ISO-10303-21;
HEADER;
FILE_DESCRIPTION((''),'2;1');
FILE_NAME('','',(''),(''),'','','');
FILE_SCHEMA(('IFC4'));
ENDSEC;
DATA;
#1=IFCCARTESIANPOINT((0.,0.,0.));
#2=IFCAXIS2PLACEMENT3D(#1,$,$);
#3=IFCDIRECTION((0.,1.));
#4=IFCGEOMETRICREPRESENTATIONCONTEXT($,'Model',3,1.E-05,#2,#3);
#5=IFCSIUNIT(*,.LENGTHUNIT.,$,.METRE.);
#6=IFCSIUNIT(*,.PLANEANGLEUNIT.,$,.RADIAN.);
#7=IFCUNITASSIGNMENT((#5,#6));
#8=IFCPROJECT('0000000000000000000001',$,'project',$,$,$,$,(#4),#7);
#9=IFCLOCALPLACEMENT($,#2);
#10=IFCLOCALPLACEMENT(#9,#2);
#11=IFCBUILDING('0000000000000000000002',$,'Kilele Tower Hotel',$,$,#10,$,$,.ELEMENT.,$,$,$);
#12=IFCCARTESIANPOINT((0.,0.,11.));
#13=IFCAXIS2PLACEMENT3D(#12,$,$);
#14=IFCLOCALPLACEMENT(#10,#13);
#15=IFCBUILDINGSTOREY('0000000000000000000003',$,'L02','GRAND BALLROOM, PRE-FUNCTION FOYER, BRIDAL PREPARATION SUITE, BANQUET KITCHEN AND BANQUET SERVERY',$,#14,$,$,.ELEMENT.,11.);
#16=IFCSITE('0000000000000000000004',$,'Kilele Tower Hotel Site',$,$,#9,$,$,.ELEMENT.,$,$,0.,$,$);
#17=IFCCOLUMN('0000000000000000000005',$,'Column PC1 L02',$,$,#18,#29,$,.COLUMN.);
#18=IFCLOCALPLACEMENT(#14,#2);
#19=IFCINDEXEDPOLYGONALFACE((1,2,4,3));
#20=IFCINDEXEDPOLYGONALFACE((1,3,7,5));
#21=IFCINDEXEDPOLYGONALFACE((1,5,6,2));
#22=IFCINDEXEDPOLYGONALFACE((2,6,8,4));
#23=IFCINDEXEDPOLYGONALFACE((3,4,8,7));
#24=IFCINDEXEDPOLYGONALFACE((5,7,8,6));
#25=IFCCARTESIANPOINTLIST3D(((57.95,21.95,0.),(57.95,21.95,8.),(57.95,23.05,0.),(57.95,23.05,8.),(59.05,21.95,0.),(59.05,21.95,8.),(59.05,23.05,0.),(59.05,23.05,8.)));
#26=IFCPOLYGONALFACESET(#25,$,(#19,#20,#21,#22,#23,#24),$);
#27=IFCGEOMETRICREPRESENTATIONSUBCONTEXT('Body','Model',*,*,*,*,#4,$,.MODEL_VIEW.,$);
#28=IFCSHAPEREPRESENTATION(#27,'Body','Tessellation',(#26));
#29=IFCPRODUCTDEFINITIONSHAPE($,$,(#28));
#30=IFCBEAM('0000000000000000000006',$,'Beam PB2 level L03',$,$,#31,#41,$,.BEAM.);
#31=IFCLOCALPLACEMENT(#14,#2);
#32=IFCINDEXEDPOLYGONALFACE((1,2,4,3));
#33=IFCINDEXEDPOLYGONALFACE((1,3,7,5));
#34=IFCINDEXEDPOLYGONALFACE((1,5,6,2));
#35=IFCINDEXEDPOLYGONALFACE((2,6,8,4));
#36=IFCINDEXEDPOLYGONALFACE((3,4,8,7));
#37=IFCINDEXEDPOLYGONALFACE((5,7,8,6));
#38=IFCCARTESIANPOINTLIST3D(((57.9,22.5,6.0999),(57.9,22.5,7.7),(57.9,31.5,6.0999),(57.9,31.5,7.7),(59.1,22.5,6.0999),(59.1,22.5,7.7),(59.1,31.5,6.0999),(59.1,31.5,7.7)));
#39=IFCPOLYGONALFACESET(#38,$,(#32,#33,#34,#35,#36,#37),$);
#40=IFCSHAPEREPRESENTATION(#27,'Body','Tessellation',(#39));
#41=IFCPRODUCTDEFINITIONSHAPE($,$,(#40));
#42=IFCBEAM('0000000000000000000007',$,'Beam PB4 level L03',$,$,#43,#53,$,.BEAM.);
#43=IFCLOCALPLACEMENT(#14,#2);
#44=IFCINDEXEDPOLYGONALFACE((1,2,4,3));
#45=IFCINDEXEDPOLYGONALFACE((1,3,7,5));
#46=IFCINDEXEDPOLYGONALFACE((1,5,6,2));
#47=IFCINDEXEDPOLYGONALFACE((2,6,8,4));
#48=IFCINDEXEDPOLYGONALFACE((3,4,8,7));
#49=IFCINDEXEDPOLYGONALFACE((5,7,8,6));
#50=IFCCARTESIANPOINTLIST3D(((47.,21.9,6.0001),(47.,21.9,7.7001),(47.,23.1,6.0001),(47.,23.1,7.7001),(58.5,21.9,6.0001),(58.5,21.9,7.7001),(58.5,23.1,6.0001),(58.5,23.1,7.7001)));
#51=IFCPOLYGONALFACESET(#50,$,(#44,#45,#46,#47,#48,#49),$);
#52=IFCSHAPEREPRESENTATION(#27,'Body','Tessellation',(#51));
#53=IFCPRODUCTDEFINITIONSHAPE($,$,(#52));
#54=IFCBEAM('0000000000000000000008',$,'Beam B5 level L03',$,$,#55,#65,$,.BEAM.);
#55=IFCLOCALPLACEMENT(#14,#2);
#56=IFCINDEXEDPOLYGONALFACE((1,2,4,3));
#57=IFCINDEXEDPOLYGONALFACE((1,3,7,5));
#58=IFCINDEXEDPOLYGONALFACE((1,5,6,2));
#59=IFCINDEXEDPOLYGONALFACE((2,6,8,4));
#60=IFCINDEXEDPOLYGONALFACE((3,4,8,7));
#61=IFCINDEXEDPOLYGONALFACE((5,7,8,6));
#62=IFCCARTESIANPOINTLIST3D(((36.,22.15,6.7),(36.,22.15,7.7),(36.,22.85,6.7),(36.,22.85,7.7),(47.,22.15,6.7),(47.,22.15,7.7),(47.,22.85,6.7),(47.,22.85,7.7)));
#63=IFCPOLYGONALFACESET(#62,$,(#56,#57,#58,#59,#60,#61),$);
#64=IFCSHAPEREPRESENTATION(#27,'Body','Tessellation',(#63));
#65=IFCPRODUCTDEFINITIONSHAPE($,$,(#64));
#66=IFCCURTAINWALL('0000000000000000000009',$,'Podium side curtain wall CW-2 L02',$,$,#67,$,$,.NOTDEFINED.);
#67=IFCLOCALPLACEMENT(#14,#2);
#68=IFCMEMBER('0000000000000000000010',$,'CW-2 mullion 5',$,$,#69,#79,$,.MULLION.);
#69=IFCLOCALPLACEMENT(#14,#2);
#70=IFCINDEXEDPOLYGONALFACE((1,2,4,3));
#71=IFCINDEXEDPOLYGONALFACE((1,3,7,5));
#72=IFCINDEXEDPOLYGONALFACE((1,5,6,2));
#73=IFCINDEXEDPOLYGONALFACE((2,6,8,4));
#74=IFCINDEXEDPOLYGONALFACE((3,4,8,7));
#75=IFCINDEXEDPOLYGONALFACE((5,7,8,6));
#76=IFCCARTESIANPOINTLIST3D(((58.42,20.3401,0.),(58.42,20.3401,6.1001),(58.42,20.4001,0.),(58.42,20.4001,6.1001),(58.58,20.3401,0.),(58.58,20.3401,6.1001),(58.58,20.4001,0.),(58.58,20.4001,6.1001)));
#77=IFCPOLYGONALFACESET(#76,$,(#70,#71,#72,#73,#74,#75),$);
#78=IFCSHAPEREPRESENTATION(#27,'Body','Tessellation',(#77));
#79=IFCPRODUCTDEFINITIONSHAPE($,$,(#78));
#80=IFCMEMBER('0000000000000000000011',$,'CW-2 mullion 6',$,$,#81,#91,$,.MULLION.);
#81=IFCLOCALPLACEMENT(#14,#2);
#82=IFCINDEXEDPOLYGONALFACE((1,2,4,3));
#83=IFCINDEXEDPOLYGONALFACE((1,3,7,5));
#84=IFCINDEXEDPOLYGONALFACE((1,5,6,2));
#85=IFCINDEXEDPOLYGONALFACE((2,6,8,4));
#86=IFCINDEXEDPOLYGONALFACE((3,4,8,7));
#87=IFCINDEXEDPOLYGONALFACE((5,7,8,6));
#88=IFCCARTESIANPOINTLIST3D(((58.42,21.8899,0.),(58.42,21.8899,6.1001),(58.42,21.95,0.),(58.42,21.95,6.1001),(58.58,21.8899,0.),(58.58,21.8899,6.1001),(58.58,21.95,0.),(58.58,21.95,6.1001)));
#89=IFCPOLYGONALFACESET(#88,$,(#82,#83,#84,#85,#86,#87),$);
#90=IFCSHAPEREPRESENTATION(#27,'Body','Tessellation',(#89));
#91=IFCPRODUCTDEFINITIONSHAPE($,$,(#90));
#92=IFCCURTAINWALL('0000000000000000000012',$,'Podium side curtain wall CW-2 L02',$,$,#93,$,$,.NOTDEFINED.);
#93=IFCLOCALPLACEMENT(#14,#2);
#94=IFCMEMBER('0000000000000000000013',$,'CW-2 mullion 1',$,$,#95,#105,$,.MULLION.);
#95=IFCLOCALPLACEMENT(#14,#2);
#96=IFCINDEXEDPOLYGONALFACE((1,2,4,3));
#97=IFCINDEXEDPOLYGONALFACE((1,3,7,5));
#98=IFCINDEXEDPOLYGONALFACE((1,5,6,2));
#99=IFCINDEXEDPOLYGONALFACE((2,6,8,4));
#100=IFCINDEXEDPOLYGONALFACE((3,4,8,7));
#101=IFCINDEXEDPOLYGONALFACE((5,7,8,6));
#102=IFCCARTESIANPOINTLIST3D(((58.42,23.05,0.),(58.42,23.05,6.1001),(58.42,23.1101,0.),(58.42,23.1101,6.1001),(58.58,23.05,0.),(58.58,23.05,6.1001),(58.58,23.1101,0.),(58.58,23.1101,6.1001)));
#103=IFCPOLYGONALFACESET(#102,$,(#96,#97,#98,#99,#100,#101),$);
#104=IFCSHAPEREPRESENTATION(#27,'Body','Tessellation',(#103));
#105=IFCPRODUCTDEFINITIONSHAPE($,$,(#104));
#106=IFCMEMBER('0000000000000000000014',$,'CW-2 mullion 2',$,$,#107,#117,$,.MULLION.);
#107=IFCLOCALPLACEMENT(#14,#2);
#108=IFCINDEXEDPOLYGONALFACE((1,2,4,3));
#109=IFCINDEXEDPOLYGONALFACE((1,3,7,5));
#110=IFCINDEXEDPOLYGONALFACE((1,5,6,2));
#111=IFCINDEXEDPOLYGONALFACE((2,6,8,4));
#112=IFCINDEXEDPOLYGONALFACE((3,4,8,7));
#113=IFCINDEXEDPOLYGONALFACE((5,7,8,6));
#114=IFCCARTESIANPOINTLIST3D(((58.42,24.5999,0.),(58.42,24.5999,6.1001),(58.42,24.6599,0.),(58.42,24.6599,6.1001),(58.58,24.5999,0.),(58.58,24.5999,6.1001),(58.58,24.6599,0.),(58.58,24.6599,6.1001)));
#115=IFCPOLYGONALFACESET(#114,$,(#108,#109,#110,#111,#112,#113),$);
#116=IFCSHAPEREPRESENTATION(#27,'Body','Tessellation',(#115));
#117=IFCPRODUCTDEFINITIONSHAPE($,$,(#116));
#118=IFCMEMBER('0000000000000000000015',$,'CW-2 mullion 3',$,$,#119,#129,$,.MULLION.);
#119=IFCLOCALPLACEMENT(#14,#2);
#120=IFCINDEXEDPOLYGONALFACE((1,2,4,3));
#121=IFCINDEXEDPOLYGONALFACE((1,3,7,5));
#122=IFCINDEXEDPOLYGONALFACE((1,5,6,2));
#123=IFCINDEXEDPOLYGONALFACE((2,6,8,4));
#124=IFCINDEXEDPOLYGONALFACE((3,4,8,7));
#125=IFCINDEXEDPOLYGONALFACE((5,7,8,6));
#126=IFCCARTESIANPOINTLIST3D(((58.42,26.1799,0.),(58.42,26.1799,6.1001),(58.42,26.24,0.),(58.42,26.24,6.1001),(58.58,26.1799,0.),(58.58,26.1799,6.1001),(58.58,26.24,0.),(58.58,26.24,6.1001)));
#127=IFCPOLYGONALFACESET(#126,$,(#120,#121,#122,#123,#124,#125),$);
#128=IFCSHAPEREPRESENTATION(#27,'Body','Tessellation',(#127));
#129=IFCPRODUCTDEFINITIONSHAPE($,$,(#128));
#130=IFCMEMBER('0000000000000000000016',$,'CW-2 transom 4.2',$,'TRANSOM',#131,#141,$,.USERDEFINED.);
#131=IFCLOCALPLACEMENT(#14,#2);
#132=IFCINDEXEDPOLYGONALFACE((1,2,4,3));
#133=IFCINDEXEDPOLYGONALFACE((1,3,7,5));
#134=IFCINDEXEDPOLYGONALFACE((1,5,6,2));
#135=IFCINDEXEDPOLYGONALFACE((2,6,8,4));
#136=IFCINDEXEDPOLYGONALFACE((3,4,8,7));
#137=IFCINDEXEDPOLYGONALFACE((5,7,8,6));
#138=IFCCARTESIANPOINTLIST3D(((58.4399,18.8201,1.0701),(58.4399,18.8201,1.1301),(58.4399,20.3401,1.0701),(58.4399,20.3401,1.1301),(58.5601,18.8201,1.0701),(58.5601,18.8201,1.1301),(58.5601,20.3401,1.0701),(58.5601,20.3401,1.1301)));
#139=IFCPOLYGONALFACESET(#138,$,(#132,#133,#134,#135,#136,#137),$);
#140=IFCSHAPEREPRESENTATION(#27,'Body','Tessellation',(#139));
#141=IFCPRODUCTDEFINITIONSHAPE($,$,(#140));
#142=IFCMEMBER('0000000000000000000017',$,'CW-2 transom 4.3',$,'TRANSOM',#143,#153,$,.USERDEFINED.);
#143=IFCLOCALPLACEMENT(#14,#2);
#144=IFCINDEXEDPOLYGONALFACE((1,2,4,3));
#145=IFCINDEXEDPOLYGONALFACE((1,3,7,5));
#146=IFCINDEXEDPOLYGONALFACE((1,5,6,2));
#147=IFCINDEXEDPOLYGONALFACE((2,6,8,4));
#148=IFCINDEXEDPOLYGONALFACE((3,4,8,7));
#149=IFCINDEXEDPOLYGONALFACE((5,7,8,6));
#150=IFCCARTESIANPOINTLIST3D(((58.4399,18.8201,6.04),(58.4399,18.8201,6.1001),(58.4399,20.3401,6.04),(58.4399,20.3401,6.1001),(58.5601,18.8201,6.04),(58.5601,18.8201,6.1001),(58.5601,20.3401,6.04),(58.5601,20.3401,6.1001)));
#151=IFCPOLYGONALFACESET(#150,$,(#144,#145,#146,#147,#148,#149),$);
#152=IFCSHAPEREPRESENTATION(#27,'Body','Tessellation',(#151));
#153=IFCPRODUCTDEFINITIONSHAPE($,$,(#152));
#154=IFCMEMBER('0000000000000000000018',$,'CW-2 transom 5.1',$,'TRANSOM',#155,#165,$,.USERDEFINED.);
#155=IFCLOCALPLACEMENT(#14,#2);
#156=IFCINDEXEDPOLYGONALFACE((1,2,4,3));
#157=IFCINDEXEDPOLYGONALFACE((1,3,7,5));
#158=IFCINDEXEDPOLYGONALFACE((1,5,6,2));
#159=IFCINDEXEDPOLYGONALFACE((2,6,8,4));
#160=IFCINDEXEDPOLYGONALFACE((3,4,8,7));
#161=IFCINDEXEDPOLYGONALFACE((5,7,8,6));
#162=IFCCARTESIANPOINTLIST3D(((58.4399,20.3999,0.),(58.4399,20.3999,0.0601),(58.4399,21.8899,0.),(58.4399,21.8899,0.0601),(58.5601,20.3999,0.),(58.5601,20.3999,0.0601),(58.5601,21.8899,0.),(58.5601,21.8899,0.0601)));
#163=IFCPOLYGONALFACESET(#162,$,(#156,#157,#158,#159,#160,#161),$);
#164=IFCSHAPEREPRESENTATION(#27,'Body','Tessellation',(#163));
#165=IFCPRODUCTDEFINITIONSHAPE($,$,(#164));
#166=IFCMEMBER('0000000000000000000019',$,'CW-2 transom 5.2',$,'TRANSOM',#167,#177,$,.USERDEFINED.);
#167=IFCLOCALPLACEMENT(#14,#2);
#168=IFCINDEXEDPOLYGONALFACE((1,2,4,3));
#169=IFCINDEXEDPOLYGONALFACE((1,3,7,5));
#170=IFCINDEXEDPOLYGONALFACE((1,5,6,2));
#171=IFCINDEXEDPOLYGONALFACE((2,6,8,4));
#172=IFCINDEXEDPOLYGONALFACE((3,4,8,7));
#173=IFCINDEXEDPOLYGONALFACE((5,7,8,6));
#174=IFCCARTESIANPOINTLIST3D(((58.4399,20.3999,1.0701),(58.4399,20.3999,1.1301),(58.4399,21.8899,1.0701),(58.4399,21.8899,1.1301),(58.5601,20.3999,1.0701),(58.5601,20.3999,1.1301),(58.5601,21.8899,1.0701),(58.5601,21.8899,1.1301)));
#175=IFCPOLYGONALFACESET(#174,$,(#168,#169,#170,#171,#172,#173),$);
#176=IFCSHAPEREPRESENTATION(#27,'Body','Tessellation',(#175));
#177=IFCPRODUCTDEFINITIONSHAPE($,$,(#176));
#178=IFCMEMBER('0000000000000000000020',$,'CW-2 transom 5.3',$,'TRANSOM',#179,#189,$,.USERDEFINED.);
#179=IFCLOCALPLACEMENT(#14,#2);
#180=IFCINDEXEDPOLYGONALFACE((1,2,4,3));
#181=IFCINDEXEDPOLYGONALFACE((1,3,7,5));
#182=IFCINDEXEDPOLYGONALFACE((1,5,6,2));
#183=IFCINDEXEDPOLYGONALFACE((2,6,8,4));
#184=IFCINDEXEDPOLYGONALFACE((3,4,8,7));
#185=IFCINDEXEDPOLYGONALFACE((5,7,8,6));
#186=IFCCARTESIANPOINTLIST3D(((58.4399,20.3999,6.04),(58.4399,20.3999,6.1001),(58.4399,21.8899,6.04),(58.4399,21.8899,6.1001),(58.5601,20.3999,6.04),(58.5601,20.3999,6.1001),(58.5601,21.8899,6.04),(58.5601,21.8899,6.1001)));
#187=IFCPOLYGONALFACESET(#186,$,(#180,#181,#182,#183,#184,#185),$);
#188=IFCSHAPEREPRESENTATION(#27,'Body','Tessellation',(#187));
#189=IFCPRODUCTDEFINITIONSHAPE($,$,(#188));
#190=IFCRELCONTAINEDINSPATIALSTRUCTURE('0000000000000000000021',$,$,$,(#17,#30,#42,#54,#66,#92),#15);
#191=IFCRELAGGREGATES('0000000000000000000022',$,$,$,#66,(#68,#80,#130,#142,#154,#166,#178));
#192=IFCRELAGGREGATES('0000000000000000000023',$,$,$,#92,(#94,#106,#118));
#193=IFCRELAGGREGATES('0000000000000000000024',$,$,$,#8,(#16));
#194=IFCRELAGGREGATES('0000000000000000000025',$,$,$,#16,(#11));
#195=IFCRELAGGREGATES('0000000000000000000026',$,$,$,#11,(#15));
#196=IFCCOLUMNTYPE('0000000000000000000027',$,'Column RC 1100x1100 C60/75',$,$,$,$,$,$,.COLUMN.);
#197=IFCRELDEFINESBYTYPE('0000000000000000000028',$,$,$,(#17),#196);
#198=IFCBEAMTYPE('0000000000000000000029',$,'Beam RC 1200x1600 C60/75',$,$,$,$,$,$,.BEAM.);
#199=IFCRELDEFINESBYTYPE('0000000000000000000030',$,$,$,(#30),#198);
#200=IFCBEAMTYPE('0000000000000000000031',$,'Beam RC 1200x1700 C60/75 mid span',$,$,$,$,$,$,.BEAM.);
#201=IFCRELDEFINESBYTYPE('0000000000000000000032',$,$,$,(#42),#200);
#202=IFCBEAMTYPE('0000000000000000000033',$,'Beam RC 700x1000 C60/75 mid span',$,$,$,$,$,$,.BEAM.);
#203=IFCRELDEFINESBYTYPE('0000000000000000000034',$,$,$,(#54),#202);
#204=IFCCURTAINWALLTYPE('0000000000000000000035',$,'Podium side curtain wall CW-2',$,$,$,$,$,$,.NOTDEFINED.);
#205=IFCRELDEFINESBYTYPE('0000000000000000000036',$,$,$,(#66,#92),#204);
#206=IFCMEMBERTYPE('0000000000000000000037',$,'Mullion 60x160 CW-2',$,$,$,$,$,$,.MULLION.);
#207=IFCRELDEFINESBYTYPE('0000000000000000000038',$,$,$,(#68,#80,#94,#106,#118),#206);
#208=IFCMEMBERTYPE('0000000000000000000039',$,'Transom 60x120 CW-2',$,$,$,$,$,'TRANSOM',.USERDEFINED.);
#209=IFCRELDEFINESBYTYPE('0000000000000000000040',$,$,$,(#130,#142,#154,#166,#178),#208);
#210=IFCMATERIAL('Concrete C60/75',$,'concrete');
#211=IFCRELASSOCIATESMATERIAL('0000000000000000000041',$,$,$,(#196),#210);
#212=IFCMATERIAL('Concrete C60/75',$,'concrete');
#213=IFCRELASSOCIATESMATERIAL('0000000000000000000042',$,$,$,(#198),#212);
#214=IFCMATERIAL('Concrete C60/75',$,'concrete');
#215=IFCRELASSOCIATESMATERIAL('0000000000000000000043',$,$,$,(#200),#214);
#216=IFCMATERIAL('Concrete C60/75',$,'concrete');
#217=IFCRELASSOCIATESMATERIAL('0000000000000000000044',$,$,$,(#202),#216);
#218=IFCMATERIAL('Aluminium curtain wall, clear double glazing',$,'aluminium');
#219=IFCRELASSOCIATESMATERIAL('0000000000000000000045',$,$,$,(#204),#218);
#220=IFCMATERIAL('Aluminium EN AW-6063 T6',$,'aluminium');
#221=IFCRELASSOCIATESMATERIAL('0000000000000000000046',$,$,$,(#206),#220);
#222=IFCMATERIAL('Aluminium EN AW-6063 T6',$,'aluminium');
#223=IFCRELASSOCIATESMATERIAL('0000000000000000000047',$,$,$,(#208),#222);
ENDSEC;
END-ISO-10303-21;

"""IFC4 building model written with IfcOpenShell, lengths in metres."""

from ifc_helpers import new_model, si_unit, direction, frame, origin, origin_2d, place, context, subcontext, project, spatial, rectangle, extrude, material, material_profile, profile_set, type_object, element, aggregate, save


model = new_model("IFC4")

# Units and contexts
model_context = context("Model", 3, precision=1e-05, world=origin(), true_north=direction((0.0, 1.0)))
body_context = subcontext(model_context, "Body", "Model", "MODEL_VIEW")
ifc_project = project(units=[si_unit("LENGTHUNIT", "METRE"), si_unit("PLANEANGLEUNIT", "RADIAN")], contexts=[model_context])

# Site, building, storey
site_placement = place(None, origin())
site = spatial("IfcSite", under=ifc_project, at=site_placement, Name="Kilele Tower Hotel Site", CompositionType="ELEMENT", RefElevation=0.0)
building_placement = place(site_placement, origin())
building = spatial("IfcBuilding", under=site, at=building_placement, Name="Kilele Tower Hotel", CompositionType="ELEMENT")
storey_placement = place(building_placement, frame((0.0, 0.0, 11.0)))
storey = spatial("IfcBuildingStorey", under=building, at=storey_placement, Name="L02", Description="GRAND BALLROOM, PRE-FUNCTION FOYER, BRIDAL PREPARATION SUITE, BANQUET KITCHEN AND BANQUET SERVERY", CompositionType="ELEMENT", Elevation=11.0)

# Column
ifc_material_1 = material(Name="Concrete C60/75", Category="concrete")
ifc_material_profile_1 = material_profile(ifc_material_1, rectangle(XDim=1.1001, YDim=1.1001, at=origin_2d()))
ifc_profile_set_1 = profile_set([ifc_material_profile_1], Name="Concrete C60/75")
column_type = type_object("IfcColumnType", Name="Column RC 1100x1100 C60/75", PredefinedType="COLUMN", material=ifc_profile_set_1)
column_placement = place(storey_placement, frame((58.5, 22.5, 0.0), z_axis=(0.0, 0.0, 1.0), x_axis=(1.0, 0.0, 0.0)))
element("IfcColumn", 1, at=column_placement, inside=storey, type_object=column_type, Name="Column PC1 L02", PredefinedType="COLUMN", context=body_context, shape_type="SweptSolid", body=[
    extrude(rectangle(XDim=1.1001, YDim=1.1001, at=origin_2d()), origin(), (0.0, 0.0, 1.0), 8.0),
])

# Beams
ifc_material_2 = material(Name="Concrete C60/75", Category="concrete")
ifc_material_profile_2 = material_profile(ifc_material_2, rectangle(XDim=1.2, YDim=1.6001, at=origin_2d()))
ifc_profile_set_2 = profile_set([ifc_material_profile_2], Name="Concrete C60/75")
beam_type_1 = type_object("IfcBeamType", Name="Beam RC 1200x1600 C60/75", PredefinedType="BEAM", material=ifc_profile_set_2)
beam_1_placement = place(storey_placement, frame((58.5, 22.5, 6.8999), z_axis=(0.0, 1.0, 0.0), x_axis=(-1.0, 0.0, 0.0)))
element("IfcBeam", 2, at=beam_1_placement, inside=storey, type_object=beam_type_1, Name="Beam PB2 level L03", PredefinedType="BEAM", context=body_context, shape_type="SweptSolid", body=[
    extrude(rectangle(XDim=1.2, YDim=1.6001, at=origin_2d()), origin(), (0.0, 0.0, 1.0), 9.0),
])
ifc_material_3 = material(Name="Concrete C60/75", Category="concrete")
ifc_material_profile_3 = material_profile(ifc_material_3, rectangle(XDim=1.2, YDim=1.7, at=origin_2d()))
ifc_profile_set_3 = profile_set([ifc_material_profile_3], Name="Concrete C60/75")
beam_type_2 = type_object("IfcBeamType", Name="Beam RC 1200x1700 C60/75 mid span", PredefinedType="BEAM", material=ifc_profile_set_3)
beam_2_placement = place(storey_placement, frame((47.0, 22.5, 6.8501), z_axis=(1.0, 0.0, 0.0), x_axis=(0.0, 1.0, 0.0)))
element("IfcBeam", 3, at=beam_2_placement, inside=storey, type_object=beam_type_2, Name="Beam PB4 level L03", PredefinedType="BEAM", context=body_context, shape_type="SweptSolid", body=[
    extrude(rectangle(XDim=1.2, YDim=1.7, at=origin_2d()), origin(), (0.0, 0.0, 1.0), 11.5),
])
ifc_material_4 = material(Name="Concrete C60/75", Category="concrete")
ifc_material_profile_4 = material_profile(ifc_material_4, rectangle(XDim=0.7, YDim=1.0, at=origin_2d()))
ifc_profile_set_4 = profile_set([ifc_material_profile_4], Name="Concrete C60/75")
beam_type_3 = type_object("IfcBeamType", Name="Beam RC 700x1000 C60/75 mid span", PredefinedType="BEAM", material=ifc_profile_set_4)
beam_3_placement = place(storey_placement, frame((47.0, 22.5, 7.2), z_axis=(-1.0, 0.0, 0.0), x_axis=(0.0, -1.0, 0.0)))
element("IfcBeam", 4, at=beam_3_placement, inside=storey, type_object=beam_type_3, Name="Beam B5 level L03", PredefinedType="BEAM", context=body_context, shape_type="SweptSolid", body=[
    extrude(rectangle(XDim=0.7, YDim=1.0, at=origin_2d()), origin(), (0.0, 0.0, 1.0), 11.0),
])

# Curtain walls, members
ifc_material_5 = material(Name="Aluminium curtain wall, clear double glazing", Category="aluminium")
curtain_wall_type = type_object("IfcCurtainWallType", Name="Podium side curtain wall CW-2", PredefinedType="NOTDEFINED", material=ifc_material_5)
curtain_wall_1_placement = place(storey_placement, origin())
curtain_wall_1 = element("IfcCurtainWall", 5, at=curtain_wall_1_placement, inside=storey, type_object=curtain_wall_type, Name="Podium side curtain wall CW-2 L02", PredefinedType="NOTDEFINED")
ifc_material_6 = material(Name="Aluminium EN AW-6063 T6", Category="aluminium")
ifc_material_profile_5 = material_profile(ifc_material_6, rectangle(XDim=0.1599, YDim=0.0601, at=origin_2d()))
ifc_profile_set_5 = profile_set([ifc_material_profile_5], Name="Aluminium EN AW-6063 T6")
member_type_1 = type_object("IfcMemberType", Name="Mullion 60x160 CW-2", PredefinedType="MULLION", material=ifc_profile_set_5)
member_1_placement = place(storey_placement, frame((58.5, 20.3701, 0.0), z_axis=(0.0, 0.0, 1.0), x_axis=(-1.0, 0.0, 0.0)))
member_1 = element("IfcMember", 6, at=member_1_placement, type_object=member_type_1, Name="CW-2 mullion 5", PredefinedType="MULLION", context=body_context, shape_type="SweptSolid", body=[
    extrude(rectangle(XDim=0.1599, YDim=0.0601, at=origin_2d()), origin(), (0.0, 0.0, 1.0), 6.1001),
])
member_2_placement = place(storey_placement, frame((58.5, 21.9199, 0.0), z_axis=(0.0, 0.0, 1.0), x_axis=(-1.0, 0.0, 0.0)))
member_2 = element("IfcMember", 7, at=member_2_placement, type_object=member_type_1, Name="CW-2 mullion 6", PredefinedType="MULLION", context=body_context, shape_type="SweptSolid", body=[
    extrude(rectangle(XDim=0.1599, YDim=0.0601, at=origin_2d()), origin(), (0.0, 0.0, 1.0), 6.1001),
])
curtain_wall_2_placement = place(storey_placement, origin())
curtain_wall_2 = element("IfcCurtainWall", 8, at=curtain_wall_2_placement, inside=storey, type_object=curtain_wall_type, Name="Podium side curtain wall CW-2 L02", PredefinedType="NOTDEFINED")
member_3_placement = place(storey_placement, frame((58.5, 23.0801, 0.0), z_axis=(0.0, 0.0, 1.0), x_axis=(-1.0, 0.0, 0.0)))
member_3 = element("IfcMember", 9, at=member_3_placement, type_object=member_type_1, Name="CW-2 mullion 1", PredefinedType="MULLION", context=body_context, shape_type="SweptSolid", body=[
    extrude(rectangle(XDim=0.1599, YDim=0.0601, at=origin_2d()), origin(), (0.0, 0.0, 1.0), 6.1001),
])
member_4_placement = place(storey_placement, frame((58.5, 24.6299, 0.0), z_axis=(0.0, 0.0, 1.0), x_axis=(-1.0, 0.0, 0.0)))
member_4 = element("IfcMember", 10, at=member_4_placement, type_object=member_type_1, Name="CW-2 mullion 2", PredefinedType="MULLION", context=body_context, shape_type="SweptSolid", body=[
    extrude(rectangle(XDim=0.1599, YDim=0.0601, at=origin_2d()), origin(), (0.0, 0.0, 1.0), 6.1001),
])
member_5_placement = place(storey_placement, frame((58.5, 26.21, 0.0), z_axis=(0.0, 0.0, 1.0), x_axis=(-1.0, 0.0, 0.0)))
member_5 = element("IfcMember", 11, at=member_5_placement, type_object=member_type_1, Name="CW-2 mullion 3", PredefinedType="MULLION", context=body_context, shape_type="SweptSolid", body=[
    extrude(rectangle(XDim=0.1599, YDim=0.0601, at=origin_2d()), origin(), (0.0, 0.0, 1.0), 6.1001),
])

# Members
ifc_material_7 = material(Name="Aluminium EN AW-6063 T6", Category="aluminium")
ifc_material_profile_6 = material_profile(ifc_material_7, rectangle(XDim=0.1201, YDim=0.0601, at=origin_2d()))
ifc_profile_set_6 = profile_set([ifc_material_profile_6], Name="Aluminium EN AW-6063 T6")
member_type_2 = type_object("IfcMemberType", Name="Transom 60x120 CW-2", ElementType="TRANSOM", PredefinedType="USERDEFINED", material=ifc_profile_set_6)
member_6_placement = place(storey_placement, frame((58.5, 18.8201, 1.1001), z_axis=(0.0, 1.0, 0.0), x_axis=(-1.0, 0.0, 0.0)))
member_6 = element("IfcMember", 12, at=member_6_placement, type_object=member_type_2, Name="CW-2 transom 4.2", ObjectType="TRANSOM", PredefinedType="USERDEFINED", context=body_context, shape_type="SweptSolid", body=[
    extrude(rectangle(XDim=0.1201, YDim=0.0601, at=origin_2d()), origin(), (0.0, 0.0, 1.0), 1.52),
])
member_7_placement = place(storey_placement, frame((58.5, 18.8201, 6.0701), z_axis=(0.0, 1.0, 0.0), x_axis=(-1.0, 0.0, 0.0)))
member_7 = element("IfcMember", 13, at=member_7_placement, type_object=member_type_2, Name="CW-2 transom 4.3", ObjectType="TRANSOM", PredefinedType="USERDEFINED", context=body_context, shape_type="SweptSolid", body=[
    extrude(rectangle(XDim=0.1201, YDim=0.0601, at=origin_2d()), origin(), (0.0, 0.0, 1.0), 1.52),
])
member_8_placement = place(storey_placement, frame((58.5, 20.3999, 0.03), z_axis=(0.0, 1.0, 0.0), x_axis=(-1.0, 0.0, 0.0)))
member_8 = element("IfcMember", 14, at=member_8_placement, type_object=member_type_2, Name="CW-2 transom 5.1", ObjectType="TRANSOM", PredefinedType="USERDEFINED", context=body_context, shape_type="SweptSolid", body=[
    extrude(rectangle(XDim=0.1201, YDim=0.0601, at=origin_2d()), origin(), (0.0, 0.0, 1.0), 1.49),
])
member_9_placement = place(storey_placement, frame((58.5, 20.3999, 1.1001), z_axis=(0.0, 1.0, 0.0), x_axis=(-1.0, 0.0, 0.0)))
member_9 = element("IfcMember", 15, at=member_9_placement, type_object=member_type_2, Name="CW-2 transom 5.2", ObjectType="TRANSOM", PredefinedType="USERDEFINED", context=body_context, shape_type="SweptSolid", body=[
    extrude(rectangle(XDim=0.1201, YDim=0.0601, at=origin_2d()), origin(), (0.0, 0.0, 1.0), 1.49),
])
member_10_placement = place(storey_placement, frame((58.5, 20.3999, 6.0701), z_axis=(0.0, 1.0, 0.0), x_axis=(-1.0, 0.0, 0.0)))
member_10 = element("IfcMember", 16, at=member_10_placement, type_object=member_type_2, Name="CW-2 transom 5.3", ObjectType="TRANSOM", PredefinedType="USERDEFINED", context=body_context, shape_type="SweptSolid", body=[
    extrude(rectangle(XDim=0.1201, YDim=0.0601, at=origin_2d()), origin(), (0.0, 0.0, 1.0), 1.49),
])

aggregate(curtain_wall_1, [member_1, member_2, member_6, member_7, member_8, member_9, member_10])
aggregate(curtain_wall_2, [member_3, member_4, member_5])

save(model, "model.ifc")
